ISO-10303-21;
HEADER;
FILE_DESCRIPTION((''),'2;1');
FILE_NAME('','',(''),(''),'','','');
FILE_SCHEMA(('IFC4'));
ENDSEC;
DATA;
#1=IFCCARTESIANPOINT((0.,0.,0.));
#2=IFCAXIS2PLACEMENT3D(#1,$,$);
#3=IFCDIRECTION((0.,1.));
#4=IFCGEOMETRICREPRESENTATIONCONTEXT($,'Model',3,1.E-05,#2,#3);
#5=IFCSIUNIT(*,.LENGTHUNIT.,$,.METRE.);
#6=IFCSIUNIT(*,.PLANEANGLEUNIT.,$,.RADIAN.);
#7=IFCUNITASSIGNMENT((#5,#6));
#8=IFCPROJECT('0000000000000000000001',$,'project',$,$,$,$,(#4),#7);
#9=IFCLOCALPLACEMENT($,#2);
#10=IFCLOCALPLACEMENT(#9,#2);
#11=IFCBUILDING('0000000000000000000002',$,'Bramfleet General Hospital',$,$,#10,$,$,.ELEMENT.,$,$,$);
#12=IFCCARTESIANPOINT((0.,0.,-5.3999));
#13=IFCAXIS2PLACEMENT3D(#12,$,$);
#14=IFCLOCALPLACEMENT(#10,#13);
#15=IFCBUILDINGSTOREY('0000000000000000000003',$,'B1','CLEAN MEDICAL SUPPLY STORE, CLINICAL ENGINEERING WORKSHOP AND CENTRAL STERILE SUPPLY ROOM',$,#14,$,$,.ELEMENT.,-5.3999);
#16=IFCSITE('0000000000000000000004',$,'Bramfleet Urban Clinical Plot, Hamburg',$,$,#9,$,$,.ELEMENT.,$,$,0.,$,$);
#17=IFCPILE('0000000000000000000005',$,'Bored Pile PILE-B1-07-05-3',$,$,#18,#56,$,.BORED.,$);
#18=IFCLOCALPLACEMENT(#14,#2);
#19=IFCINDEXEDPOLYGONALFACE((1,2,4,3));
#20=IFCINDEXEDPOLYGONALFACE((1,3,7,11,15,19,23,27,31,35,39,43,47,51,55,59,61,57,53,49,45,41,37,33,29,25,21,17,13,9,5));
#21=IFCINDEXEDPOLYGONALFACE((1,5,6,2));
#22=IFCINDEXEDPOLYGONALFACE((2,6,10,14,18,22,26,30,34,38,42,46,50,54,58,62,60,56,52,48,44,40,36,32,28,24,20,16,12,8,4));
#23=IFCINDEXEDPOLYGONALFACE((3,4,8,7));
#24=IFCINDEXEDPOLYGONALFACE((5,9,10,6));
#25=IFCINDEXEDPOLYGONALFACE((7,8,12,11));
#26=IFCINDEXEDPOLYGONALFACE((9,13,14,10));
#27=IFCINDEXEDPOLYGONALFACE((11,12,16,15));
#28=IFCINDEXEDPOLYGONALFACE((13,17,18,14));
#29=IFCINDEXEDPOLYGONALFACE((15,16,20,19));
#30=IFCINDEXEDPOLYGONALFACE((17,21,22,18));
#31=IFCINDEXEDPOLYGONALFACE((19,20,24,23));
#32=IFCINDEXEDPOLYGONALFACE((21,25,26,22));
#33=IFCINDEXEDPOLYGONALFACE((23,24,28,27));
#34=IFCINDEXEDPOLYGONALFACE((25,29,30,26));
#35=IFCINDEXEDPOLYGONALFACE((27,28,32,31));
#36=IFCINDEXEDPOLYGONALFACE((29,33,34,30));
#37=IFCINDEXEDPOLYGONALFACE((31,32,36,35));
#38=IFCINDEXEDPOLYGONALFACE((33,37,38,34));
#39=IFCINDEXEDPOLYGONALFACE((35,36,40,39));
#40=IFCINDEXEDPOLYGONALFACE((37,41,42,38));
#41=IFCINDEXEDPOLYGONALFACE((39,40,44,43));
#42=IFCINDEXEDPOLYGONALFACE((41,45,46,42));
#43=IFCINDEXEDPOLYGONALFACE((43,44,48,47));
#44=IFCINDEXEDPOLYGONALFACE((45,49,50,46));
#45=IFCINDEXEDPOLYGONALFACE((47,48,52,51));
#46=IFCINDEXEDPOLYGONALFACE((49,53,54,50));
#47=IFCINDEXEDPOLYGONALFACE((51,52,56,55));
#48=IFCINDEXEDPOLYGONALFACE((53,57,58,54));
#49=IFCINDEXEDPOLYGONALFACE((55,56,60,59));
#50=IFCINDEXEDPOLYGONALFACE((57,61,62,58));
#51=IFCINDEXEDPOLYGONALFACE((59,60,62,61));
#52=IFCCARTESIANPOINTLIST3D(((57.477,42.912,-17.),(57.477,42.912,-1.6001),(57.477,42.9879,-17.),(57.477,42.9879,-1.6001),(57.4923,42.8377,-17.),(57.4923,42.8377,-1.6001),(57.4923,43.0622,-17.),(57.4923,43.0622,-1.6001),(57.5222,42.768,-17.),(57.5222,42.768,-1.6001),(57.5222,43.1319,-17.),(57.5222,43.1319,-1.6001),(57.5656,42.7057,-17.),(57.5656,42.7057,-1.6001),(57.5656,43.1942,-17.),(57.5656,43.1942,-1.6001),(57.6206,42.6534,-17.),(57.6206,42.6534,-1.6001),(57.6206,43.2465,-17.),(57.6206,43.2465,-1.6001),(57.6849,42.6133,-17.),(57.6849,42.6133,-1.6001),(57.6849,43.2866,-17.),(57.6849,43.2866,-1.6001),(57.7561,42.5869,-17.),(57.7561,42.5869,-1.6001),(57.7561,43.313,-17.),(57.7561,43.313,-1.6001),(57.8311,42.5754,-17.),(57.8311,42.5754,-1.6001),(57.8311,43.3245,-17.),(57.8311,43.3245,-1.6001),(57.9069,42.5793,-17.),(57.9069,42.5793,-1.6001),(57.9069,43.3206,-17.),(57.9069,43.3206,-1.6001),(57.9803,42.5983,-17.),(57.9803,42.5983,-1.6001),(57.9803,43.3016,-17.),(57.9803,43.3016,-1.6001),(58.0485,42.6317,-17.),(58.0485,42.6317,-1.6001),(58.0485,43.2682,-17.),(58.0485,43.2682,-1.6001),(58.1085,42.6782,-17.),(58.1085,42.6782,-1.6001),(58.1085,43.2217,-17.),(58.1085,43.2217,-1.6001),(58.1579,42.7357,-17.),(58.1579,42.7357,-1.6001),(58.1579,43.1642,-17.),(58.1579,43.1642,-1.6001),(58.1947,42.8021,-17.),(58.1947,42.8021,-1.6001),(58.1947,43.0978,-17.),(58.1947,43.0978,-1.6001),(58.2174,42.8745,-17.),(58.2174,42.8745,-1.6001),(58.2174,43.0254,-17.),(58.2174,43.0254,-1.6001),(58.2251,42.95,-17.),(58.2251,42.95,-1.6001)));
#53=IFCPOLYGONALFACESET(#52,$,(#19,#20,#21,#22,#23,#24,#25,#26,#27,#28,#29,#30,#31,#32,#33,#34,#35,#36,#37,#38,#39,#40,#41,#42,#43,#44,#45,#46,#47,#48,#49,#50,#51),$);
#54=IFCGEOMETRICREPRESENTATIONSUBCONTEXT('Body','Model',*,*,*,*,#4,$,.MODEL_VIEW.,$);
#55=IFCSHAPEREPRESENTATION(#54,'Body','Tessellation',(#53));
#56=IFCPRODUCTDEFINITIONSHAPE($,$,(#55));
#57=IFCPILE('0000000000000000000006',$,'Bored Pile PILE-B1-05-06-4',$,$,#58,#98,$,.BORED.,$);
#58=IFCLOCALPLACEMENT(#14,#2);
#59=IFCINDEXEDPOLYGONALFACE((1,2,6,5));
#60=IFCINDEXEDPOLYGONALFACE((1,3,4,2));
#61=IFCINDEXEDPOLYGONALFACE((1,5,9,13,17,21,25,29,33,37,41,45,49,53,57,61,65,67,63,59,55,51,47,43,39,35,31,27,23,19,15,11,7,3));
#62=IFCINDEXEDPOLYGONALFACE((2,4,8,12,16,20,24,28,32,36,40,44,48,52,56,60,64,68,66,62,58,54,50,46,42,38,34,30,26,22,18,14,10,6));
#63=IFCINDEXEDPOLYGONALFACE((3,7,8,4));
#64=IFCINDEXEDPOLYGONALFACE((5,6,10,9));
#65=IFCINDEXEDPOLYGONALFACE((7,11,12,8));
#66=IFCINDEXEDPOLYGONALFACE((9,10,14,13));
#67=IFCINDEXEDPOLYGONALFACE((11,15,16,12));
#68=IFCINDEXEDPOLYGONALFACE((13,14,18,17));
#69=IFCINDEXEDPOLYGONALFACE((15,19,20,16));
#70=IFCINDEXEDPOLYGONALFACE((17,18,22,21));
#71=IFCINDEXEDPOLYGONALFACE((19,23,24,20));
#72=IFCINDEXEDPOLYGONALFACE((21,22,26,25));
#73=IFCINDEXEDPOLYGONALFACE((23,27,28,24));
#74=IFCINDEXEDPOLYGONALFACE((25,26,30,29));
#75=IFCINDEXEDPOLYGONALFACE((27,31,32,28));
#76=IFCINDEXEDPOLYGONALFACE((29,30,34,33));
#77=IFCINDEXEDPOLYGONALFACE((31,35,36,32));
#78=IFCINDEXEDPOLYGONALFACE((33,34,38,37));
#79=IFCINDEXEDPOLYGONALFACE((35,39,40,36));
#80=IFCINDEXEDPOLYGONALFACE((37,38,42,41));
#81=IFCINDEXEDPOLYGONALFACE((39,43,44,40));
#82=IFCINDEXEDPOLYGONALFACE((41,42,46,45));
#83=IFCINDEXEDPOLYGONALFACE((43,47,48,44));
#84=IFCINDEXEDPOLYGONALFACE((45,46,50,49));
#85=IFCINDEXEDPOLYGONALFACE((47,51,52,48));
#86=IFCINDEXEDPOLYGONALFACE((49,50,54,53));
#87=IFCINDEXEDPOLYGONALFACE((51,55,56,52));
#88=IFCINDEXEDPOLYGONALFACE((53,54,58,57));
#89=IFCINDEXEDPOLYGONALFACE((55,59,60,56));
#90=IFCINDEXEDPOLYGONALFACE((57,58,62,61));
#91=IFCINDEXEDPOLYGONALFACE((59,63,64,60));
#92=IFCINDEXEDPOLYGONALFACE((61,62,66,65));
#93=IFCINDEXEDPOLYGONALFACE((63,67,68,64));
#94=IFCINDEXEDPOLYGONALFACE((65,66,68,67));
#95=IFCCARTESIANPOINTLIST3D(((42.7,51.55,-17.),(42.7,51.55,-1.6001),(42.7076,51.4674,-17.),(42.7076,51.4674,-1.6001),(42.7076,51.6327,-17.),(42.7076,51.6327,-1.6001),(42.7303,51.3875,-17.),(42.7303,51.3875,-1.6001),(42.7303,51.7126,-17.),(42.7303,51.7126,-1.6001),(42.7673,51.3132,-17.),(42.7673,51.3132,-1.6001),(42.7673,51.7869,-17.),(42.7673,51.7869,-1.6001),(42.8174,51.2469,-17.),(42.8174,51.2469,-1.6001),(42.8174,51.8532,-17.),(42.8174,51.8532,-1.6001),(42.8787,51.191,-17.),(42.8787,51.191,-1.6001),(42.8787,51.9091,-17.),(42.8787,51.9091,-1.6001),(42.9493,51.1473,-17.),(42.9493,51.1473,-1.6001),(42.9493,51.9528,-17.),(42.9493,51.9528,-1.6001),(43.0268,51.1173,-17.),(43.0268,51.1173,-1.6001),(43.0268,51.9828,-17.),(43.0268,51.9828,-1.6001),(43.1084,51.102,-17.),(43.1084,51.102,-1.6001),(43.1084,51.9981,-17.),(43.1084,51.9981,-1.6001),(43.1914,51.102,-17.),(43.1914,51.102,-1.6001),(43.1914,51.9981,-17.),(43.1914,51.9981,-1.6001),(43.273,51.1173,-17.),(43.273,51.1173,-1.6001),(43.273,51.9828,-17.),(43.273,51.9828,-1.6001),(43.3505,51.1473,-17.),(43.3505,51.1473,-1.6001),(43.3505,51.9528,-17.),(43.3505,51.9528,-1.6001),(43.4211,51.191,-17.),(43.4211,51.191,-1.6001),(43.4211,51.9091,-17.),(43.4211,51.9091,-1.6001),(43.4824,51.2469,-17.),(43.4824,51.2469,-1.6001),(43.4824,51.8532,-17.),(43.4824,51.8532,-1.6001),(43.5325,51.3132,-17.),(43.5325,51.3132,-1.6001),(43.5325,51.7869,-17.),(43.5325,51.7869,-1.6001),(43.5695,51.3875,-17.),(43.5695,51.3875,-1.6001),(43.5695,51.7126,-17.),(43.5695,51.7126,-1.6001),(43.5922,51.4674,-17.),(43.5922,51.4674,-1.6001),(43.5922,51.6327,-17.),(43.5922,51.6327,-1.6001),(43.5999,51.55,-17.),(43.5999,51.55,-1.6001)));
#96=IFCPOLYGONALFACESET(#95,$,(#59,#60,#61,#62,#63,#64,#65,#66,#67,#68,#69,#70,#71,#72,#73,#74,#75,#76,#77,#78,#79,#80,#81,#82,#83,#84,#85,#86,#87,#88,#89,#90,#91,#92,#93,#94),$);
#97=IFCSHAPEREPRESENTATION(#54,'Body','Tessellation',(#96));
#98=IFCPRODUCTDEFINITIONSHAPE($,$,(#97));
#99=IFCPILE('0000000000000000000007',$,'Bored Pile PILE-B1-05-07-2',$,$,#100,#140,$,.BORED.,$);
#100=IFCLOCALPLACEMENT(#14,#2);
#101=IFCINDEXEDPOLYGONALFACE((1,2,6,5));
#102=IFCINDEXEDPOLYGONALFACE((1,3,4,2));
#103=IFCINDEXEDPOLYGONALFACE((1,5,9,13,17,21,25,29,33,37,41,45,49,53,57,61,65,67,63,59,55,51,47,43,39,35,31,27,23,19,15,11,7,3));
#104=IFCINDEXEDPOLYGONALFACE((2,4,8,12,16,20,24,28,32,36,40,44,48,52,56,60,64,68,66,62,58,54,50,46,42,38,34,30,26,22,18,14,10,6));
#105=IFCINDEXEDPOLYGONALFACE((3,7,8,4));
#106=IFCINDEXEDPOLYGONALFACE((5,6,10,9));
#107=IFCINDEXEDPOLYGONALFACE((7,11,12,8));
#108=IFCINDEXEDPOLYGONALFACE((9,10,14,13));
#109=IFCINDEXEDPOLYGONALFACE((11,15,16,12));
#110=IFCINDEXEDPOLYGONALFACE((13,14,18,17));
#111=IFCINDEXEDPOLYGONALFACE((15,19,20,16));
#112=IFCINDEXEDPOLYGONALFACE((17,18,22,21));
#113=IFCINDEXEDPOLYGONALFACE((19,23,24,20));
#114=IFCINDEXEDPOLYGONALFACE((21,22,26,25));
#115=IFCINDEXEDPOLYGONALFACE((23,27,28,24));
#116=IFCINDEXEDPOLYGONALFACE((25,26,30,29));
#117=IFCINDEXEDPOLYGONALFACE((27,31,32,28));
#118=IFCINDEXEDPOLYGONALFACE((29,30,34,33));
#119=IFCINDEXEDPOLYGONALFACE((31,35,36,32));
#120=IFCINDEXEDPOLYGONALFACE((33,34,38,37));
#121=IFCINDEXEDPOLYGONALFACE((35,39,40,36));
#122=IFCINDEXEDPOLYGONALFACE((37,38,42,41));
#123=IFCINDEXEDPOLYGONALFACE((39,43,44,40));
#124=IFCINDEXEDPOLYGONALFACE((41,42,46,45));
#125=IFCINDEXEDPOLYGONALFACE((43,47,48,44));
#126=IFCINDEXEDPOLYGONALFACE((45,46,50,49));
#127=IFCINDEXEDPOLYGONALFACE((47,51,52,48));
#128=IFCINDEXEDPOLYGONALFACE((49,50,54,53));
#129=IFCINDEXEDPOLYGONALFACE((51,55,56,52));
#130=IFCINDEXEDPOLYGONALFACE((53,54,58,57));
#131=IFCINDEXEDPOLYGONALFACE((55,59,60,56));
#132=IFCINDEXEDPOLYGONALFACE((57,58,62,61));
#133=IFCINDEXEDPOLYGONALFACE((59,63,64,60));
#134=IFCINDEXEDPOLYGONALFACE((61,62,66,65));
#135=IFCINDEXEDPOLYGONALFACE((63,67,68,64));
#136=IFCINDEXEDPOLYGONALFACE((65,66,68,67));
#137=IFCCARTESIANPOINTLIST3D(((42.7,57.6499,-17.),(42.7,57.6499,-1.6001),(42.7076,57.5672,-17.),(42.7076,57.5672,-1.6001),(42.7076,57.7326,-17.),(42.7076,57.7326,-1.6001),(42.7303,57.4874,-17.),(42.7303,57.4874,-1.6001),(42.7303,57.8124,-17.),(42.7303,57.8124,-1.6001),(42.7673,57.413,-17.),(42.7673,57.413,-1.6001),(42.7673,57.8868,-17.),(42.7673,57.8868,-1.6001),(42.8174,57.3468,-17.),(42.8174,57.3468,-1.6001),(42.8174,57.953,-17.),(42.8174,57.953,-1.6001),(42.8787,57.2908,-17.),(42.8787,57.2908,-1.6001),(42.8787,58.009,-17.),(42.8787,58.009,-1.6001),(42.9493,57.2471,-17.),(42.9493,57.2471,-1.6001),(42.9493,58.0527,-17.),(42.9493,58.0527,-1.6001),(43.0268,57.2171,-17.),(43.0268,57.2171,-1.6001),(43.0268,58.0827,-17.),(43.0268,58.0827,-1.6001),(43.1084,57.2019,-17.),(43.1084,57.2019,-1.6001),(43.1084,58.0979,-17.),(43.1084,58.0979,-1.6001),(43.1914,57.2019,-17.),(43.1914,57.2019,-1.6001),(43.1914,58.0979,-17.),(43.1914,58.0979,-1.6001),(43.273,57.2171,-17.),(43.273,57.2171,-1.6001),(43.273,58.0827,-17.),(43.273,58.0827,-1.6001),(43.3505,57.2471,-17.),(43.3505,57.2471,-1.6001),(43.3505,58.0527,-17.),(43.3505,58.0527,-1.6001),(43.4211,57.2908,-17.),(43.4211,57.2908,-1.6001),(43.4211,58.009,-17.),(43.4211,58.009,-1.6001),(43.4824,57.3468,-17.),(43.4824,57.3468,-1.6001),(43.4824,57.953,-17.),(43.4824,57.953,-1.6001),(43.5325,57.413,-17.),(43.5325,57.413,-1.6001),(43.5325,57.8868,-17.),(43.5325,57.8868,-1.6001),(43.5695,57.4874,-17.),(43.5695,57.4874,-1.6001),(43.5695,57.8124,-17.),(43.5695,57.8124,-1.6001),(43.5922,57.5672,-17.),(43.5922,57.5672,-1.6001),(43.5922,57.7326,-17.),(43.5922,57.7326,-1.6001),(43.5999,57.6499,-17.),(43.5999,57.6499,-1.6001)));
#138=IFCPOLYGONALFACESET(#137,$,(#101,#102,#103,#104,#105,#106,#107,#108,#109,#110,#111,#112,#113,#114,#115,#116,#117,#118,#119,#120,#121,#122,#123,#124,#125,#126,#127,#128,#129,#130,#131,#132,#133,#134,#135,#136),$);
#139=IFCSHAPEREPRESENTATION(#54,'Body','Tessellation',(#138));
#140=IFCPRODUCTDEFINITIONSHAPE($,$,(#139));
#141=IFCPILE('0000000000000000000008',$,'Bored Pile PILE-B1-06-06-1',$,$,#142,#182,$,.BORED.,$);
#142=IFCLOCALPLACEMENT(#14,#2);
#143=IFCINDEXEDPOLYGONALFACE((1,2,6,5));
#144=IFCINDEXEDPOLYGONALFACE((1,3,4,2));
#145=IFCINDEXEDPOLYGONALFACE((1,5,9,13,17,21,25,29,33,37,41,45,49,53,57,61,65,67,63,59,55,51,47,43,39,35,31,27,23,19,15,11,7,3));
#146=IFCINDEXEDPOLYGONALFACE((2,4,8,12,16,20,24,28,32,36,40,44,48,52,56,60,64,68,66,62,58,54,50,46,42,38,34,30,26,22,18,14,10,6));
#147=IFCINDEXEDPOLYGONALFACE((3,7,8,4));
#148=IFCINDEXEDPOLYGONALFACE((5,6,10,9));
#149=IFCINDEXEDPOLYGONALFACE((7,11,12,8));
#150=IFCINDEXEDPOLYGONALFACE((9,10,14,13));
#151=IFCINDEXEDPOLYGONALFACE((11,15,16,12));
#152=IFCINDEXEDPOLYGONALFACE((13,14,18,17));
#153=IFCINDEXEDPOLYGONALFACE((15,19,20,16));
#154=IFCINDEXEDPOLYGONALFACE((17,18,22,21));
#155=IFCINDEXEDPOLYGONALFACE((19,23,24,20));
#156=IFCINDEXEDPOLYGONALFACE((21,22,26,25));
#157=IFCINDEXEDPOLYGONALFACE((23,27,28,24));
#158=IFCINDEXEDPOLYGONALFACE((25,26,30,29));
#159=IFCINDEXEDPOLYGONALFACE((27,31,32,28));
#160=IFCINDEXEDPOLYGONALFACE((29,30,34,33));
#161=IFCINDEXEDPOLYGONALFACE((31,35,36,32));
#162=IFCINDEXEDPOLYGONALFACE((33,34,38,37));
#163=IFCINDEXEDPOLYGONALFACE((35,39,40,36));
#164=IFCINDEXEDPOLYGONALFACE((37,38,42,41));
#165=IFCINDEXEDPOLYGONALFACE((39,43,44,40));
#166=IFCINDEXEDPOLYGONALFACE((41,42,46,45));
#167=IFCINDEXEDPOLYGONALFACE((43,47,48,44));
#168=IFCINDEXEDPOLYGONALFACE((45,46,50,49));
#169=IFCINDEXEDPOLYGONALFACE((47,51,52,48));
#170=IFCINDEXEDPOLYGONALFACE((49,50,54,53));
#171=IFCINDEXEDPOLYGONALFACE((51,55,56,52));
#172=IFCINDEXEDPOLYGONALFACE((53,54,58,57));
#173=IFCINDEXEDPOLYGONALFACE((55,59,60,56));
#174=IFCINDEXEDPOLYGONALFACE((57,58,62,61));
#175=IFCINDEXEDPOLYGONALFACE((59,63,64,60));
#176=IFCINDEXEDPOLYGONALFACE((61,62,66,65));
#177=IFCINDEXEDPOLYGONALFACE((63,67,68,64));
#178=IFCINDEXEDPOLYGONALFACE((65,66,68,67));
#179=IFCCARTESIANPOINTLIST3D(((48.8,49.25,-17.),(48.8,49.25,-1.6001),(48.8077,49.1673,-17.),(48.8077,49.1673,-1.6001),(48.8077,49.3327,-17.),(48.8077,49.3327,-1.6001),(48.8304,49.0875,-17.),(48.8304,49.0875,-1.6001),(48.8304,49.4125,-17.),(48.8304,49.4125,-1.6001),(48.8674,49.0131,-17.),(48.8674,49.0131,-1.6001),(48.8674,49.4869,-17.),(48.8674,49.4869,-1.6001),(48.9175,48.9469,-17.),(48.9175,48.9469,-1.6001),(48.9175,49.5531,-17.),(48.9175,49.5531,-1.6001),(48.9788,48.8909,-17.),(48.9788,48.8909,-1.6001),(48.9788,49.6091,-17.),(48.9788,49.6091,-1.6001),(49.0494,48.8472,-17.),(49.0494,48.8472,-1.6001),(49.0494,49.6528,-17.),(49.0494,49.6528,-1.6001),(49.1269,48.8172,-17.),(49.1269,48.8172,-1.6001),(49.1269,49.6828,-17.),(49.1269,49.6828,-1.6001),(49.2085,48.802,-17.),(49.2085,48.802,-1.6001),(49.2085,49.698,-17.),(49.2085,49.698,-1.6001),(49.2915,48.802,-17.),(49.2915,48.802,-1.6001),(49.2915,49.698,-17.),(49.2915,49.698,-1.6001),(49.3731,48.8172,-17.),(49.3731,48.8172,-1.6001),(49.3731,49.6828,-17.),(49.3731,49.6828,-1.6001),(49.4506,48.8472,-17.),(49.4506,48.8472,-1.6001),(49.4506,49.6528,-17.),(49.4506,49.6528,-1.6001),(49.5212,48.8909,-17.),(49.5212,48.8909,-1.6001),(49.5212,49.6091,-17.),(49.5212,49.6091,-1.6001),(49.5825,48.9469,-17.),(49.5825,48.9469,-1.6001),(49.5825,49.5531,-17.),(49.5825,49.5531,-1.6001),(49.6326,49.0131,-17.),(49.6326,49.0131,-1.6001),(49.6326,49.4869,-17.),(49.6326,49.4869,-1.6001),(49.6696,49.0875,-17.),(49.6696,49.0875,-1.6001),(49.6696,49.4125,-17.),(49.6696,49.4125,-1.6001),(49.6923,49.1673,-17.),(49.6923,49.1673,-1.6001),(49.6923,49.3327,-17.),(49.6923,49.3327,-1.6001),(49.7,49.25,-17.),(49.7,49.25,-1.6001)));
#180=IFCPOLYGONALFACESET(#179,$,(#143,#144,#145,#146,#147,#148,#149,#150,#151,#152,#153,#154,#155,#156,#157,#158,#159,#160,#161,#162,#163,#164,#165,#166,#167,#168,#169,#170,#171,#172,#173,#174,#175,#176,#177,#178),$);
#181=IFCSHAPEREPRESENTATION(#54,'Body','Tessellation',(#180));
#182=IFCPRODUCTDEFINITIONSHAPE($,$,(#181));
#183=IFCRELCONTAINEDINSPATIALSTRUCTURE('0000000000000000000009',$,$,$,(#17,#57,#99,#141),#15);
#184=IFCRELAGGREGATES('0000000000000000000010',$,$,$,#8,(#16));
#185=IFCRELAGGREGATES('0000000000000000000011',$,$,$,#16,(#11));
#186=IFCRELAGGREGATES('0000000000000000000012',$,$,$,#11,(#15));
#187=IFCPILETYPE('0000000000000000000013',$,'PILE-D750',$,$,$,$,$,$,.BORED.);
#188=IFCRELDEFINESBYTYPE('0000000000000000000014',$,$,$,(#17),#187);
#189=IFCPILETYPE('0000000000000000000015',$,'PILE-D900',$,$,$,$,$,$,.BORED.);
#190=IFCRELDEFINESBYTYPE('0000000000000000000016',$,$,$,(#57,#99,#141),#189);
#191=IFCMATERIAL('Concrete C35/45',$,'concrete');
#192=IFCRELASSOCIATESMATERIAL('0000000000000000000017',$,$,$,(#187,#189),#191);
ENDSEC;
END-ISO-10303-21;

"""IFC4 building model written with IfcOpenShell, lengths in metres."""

from ifc_helpers import new_model, si_unit, direction, frame, origin, origin_2d, place, context, subcontext, project, spatial, circle, extrude, material, material_profile, profile_set, type_object, element, save


model = new_model("IFC4")

# Units and contexts
model_context = context("Model", 3, precision=1e-05, world=origin(), true_north=direction((0.0, 1.0)))
body_context = subcontext(model_context, "Body", "Model", "MODEL_VIEW")
ifc_project = project(units=[si_unit("LENGTHUNIT", "METRE"), si_unit("PLANEANGLEUNIT", "RADIAN")], contexts=[model_context])

# Site, building, storey
site_placement = place(None, origin())
site = spatial("IfcSite", under=ifc_project, at=site_placement, Name="Bramfleet Urban Clinical Plot, Hamburg", CompositionType="ELEMENT", RefElevation=0.0)
building_placement = place(site_placement, origin())
building = spatial("IfcBuilding", under=site, at=building_placement, Name="Bramfleet General Hospital", CompositionType="ELEMENT")
storey_placement = place(building_placement, frame((0.0, 0.0, -5.3999)))
storey = spatial("IfcBuildingStorey", under=building, at=storey_placement, Name="B1", Description="CLEAN MEDICAL SUPPLY STORE, CLINICAL ENGINEERING WORKSHOP AND CENTRAL STERILE SUPPLY ROOM", CompositionType="ELEMENT", Elevation=-5.3999)

# Shared definitions
ifc_material_1 = material(Name="Concrete C35/45", Category="concrete")

# Piles
ifc_material_profile_1 = material_profile(ifc_material_1, circle(Radius=0.375, at=origin_2d()), Name="PILE BORED D750")
ifc_profile_set_1 = profile_set([ifc_material_profile_1], Name="Concrete C35/45")
pile_type_1 = type_object("IfcPileType", Name="PILE-D750", PredefinedType="BORED", material=ifc_profile_set_1)
for number, where, z_axis, x_axis, name in (
    (1, (57.8501, 42.95, -1.6001), (0.0, 0.0, -1.0), (1.0, 0.0, 0.0), "Bored Pile PILE-B1-07-05-3"),
):
    element("IfcPile", number, at=place(storey_placement, frame(where, z_axis=z_axis, x_axis=x_axis)), inside=storey, type_object=pile_type_1, Name=name, PredefinedType="BORED", context=body_context, shape_type="SweptSolid", body=[
        extrude(circle(Radius=0.375, at=origin_2d()), origin(), (0.0, 0.0, 1.0), 15.3999),
    ])
ifc_material_profile_2 = material_profile(ifc_material_1, circle(Radius=0.45, at=origin_2d()), Name="PILE BORED D900")
ifc_profile_set_2 = profile_set([ifc_material_profile_2], Name="Concrete C35/45")
pile_type_2 = type_object("IfcPileType", Name="PILE-D900", PredefinedType="BORED", material=ifc_profile_set_2)
for number, where, z_axis, x_axis, name in (
    (2, (43.1499, 51.55, -1.6001), (0.0, 0.0, -1.0), (1.0, 0.0, 0.0), "Bored Pile PILE-B1-05-06-4"),
    (3, (43.1499, 57.6499, -1.6001), (0.0, 0.0, -1.0), (1.0, 0.0, 0.0), "Bored Pile PILE-B1-05-07-2"),
    (4, (49.25, 49.25, -1.6001), (0.0, 0.0, -1.0), (1.0, 0.0, 0.0), "Bored Pile PILE-B1-06-06-1"),
):
    element("IfcPile", number, at=place(storey_placement, frame(where, z_axis=z_axis, x_axis=x_axis)), inside=storey, type_object=pile_type_2, Name=name, PredefinedType="BORED", context=body_context, shape_type="SweptSolid", body=[
        extrude(circle(Radius=0.45, at=origin_2d()), origin(), (0.0, 0.0, 1.0), 15.3999),
    ])

save(model, "model.ifc")
